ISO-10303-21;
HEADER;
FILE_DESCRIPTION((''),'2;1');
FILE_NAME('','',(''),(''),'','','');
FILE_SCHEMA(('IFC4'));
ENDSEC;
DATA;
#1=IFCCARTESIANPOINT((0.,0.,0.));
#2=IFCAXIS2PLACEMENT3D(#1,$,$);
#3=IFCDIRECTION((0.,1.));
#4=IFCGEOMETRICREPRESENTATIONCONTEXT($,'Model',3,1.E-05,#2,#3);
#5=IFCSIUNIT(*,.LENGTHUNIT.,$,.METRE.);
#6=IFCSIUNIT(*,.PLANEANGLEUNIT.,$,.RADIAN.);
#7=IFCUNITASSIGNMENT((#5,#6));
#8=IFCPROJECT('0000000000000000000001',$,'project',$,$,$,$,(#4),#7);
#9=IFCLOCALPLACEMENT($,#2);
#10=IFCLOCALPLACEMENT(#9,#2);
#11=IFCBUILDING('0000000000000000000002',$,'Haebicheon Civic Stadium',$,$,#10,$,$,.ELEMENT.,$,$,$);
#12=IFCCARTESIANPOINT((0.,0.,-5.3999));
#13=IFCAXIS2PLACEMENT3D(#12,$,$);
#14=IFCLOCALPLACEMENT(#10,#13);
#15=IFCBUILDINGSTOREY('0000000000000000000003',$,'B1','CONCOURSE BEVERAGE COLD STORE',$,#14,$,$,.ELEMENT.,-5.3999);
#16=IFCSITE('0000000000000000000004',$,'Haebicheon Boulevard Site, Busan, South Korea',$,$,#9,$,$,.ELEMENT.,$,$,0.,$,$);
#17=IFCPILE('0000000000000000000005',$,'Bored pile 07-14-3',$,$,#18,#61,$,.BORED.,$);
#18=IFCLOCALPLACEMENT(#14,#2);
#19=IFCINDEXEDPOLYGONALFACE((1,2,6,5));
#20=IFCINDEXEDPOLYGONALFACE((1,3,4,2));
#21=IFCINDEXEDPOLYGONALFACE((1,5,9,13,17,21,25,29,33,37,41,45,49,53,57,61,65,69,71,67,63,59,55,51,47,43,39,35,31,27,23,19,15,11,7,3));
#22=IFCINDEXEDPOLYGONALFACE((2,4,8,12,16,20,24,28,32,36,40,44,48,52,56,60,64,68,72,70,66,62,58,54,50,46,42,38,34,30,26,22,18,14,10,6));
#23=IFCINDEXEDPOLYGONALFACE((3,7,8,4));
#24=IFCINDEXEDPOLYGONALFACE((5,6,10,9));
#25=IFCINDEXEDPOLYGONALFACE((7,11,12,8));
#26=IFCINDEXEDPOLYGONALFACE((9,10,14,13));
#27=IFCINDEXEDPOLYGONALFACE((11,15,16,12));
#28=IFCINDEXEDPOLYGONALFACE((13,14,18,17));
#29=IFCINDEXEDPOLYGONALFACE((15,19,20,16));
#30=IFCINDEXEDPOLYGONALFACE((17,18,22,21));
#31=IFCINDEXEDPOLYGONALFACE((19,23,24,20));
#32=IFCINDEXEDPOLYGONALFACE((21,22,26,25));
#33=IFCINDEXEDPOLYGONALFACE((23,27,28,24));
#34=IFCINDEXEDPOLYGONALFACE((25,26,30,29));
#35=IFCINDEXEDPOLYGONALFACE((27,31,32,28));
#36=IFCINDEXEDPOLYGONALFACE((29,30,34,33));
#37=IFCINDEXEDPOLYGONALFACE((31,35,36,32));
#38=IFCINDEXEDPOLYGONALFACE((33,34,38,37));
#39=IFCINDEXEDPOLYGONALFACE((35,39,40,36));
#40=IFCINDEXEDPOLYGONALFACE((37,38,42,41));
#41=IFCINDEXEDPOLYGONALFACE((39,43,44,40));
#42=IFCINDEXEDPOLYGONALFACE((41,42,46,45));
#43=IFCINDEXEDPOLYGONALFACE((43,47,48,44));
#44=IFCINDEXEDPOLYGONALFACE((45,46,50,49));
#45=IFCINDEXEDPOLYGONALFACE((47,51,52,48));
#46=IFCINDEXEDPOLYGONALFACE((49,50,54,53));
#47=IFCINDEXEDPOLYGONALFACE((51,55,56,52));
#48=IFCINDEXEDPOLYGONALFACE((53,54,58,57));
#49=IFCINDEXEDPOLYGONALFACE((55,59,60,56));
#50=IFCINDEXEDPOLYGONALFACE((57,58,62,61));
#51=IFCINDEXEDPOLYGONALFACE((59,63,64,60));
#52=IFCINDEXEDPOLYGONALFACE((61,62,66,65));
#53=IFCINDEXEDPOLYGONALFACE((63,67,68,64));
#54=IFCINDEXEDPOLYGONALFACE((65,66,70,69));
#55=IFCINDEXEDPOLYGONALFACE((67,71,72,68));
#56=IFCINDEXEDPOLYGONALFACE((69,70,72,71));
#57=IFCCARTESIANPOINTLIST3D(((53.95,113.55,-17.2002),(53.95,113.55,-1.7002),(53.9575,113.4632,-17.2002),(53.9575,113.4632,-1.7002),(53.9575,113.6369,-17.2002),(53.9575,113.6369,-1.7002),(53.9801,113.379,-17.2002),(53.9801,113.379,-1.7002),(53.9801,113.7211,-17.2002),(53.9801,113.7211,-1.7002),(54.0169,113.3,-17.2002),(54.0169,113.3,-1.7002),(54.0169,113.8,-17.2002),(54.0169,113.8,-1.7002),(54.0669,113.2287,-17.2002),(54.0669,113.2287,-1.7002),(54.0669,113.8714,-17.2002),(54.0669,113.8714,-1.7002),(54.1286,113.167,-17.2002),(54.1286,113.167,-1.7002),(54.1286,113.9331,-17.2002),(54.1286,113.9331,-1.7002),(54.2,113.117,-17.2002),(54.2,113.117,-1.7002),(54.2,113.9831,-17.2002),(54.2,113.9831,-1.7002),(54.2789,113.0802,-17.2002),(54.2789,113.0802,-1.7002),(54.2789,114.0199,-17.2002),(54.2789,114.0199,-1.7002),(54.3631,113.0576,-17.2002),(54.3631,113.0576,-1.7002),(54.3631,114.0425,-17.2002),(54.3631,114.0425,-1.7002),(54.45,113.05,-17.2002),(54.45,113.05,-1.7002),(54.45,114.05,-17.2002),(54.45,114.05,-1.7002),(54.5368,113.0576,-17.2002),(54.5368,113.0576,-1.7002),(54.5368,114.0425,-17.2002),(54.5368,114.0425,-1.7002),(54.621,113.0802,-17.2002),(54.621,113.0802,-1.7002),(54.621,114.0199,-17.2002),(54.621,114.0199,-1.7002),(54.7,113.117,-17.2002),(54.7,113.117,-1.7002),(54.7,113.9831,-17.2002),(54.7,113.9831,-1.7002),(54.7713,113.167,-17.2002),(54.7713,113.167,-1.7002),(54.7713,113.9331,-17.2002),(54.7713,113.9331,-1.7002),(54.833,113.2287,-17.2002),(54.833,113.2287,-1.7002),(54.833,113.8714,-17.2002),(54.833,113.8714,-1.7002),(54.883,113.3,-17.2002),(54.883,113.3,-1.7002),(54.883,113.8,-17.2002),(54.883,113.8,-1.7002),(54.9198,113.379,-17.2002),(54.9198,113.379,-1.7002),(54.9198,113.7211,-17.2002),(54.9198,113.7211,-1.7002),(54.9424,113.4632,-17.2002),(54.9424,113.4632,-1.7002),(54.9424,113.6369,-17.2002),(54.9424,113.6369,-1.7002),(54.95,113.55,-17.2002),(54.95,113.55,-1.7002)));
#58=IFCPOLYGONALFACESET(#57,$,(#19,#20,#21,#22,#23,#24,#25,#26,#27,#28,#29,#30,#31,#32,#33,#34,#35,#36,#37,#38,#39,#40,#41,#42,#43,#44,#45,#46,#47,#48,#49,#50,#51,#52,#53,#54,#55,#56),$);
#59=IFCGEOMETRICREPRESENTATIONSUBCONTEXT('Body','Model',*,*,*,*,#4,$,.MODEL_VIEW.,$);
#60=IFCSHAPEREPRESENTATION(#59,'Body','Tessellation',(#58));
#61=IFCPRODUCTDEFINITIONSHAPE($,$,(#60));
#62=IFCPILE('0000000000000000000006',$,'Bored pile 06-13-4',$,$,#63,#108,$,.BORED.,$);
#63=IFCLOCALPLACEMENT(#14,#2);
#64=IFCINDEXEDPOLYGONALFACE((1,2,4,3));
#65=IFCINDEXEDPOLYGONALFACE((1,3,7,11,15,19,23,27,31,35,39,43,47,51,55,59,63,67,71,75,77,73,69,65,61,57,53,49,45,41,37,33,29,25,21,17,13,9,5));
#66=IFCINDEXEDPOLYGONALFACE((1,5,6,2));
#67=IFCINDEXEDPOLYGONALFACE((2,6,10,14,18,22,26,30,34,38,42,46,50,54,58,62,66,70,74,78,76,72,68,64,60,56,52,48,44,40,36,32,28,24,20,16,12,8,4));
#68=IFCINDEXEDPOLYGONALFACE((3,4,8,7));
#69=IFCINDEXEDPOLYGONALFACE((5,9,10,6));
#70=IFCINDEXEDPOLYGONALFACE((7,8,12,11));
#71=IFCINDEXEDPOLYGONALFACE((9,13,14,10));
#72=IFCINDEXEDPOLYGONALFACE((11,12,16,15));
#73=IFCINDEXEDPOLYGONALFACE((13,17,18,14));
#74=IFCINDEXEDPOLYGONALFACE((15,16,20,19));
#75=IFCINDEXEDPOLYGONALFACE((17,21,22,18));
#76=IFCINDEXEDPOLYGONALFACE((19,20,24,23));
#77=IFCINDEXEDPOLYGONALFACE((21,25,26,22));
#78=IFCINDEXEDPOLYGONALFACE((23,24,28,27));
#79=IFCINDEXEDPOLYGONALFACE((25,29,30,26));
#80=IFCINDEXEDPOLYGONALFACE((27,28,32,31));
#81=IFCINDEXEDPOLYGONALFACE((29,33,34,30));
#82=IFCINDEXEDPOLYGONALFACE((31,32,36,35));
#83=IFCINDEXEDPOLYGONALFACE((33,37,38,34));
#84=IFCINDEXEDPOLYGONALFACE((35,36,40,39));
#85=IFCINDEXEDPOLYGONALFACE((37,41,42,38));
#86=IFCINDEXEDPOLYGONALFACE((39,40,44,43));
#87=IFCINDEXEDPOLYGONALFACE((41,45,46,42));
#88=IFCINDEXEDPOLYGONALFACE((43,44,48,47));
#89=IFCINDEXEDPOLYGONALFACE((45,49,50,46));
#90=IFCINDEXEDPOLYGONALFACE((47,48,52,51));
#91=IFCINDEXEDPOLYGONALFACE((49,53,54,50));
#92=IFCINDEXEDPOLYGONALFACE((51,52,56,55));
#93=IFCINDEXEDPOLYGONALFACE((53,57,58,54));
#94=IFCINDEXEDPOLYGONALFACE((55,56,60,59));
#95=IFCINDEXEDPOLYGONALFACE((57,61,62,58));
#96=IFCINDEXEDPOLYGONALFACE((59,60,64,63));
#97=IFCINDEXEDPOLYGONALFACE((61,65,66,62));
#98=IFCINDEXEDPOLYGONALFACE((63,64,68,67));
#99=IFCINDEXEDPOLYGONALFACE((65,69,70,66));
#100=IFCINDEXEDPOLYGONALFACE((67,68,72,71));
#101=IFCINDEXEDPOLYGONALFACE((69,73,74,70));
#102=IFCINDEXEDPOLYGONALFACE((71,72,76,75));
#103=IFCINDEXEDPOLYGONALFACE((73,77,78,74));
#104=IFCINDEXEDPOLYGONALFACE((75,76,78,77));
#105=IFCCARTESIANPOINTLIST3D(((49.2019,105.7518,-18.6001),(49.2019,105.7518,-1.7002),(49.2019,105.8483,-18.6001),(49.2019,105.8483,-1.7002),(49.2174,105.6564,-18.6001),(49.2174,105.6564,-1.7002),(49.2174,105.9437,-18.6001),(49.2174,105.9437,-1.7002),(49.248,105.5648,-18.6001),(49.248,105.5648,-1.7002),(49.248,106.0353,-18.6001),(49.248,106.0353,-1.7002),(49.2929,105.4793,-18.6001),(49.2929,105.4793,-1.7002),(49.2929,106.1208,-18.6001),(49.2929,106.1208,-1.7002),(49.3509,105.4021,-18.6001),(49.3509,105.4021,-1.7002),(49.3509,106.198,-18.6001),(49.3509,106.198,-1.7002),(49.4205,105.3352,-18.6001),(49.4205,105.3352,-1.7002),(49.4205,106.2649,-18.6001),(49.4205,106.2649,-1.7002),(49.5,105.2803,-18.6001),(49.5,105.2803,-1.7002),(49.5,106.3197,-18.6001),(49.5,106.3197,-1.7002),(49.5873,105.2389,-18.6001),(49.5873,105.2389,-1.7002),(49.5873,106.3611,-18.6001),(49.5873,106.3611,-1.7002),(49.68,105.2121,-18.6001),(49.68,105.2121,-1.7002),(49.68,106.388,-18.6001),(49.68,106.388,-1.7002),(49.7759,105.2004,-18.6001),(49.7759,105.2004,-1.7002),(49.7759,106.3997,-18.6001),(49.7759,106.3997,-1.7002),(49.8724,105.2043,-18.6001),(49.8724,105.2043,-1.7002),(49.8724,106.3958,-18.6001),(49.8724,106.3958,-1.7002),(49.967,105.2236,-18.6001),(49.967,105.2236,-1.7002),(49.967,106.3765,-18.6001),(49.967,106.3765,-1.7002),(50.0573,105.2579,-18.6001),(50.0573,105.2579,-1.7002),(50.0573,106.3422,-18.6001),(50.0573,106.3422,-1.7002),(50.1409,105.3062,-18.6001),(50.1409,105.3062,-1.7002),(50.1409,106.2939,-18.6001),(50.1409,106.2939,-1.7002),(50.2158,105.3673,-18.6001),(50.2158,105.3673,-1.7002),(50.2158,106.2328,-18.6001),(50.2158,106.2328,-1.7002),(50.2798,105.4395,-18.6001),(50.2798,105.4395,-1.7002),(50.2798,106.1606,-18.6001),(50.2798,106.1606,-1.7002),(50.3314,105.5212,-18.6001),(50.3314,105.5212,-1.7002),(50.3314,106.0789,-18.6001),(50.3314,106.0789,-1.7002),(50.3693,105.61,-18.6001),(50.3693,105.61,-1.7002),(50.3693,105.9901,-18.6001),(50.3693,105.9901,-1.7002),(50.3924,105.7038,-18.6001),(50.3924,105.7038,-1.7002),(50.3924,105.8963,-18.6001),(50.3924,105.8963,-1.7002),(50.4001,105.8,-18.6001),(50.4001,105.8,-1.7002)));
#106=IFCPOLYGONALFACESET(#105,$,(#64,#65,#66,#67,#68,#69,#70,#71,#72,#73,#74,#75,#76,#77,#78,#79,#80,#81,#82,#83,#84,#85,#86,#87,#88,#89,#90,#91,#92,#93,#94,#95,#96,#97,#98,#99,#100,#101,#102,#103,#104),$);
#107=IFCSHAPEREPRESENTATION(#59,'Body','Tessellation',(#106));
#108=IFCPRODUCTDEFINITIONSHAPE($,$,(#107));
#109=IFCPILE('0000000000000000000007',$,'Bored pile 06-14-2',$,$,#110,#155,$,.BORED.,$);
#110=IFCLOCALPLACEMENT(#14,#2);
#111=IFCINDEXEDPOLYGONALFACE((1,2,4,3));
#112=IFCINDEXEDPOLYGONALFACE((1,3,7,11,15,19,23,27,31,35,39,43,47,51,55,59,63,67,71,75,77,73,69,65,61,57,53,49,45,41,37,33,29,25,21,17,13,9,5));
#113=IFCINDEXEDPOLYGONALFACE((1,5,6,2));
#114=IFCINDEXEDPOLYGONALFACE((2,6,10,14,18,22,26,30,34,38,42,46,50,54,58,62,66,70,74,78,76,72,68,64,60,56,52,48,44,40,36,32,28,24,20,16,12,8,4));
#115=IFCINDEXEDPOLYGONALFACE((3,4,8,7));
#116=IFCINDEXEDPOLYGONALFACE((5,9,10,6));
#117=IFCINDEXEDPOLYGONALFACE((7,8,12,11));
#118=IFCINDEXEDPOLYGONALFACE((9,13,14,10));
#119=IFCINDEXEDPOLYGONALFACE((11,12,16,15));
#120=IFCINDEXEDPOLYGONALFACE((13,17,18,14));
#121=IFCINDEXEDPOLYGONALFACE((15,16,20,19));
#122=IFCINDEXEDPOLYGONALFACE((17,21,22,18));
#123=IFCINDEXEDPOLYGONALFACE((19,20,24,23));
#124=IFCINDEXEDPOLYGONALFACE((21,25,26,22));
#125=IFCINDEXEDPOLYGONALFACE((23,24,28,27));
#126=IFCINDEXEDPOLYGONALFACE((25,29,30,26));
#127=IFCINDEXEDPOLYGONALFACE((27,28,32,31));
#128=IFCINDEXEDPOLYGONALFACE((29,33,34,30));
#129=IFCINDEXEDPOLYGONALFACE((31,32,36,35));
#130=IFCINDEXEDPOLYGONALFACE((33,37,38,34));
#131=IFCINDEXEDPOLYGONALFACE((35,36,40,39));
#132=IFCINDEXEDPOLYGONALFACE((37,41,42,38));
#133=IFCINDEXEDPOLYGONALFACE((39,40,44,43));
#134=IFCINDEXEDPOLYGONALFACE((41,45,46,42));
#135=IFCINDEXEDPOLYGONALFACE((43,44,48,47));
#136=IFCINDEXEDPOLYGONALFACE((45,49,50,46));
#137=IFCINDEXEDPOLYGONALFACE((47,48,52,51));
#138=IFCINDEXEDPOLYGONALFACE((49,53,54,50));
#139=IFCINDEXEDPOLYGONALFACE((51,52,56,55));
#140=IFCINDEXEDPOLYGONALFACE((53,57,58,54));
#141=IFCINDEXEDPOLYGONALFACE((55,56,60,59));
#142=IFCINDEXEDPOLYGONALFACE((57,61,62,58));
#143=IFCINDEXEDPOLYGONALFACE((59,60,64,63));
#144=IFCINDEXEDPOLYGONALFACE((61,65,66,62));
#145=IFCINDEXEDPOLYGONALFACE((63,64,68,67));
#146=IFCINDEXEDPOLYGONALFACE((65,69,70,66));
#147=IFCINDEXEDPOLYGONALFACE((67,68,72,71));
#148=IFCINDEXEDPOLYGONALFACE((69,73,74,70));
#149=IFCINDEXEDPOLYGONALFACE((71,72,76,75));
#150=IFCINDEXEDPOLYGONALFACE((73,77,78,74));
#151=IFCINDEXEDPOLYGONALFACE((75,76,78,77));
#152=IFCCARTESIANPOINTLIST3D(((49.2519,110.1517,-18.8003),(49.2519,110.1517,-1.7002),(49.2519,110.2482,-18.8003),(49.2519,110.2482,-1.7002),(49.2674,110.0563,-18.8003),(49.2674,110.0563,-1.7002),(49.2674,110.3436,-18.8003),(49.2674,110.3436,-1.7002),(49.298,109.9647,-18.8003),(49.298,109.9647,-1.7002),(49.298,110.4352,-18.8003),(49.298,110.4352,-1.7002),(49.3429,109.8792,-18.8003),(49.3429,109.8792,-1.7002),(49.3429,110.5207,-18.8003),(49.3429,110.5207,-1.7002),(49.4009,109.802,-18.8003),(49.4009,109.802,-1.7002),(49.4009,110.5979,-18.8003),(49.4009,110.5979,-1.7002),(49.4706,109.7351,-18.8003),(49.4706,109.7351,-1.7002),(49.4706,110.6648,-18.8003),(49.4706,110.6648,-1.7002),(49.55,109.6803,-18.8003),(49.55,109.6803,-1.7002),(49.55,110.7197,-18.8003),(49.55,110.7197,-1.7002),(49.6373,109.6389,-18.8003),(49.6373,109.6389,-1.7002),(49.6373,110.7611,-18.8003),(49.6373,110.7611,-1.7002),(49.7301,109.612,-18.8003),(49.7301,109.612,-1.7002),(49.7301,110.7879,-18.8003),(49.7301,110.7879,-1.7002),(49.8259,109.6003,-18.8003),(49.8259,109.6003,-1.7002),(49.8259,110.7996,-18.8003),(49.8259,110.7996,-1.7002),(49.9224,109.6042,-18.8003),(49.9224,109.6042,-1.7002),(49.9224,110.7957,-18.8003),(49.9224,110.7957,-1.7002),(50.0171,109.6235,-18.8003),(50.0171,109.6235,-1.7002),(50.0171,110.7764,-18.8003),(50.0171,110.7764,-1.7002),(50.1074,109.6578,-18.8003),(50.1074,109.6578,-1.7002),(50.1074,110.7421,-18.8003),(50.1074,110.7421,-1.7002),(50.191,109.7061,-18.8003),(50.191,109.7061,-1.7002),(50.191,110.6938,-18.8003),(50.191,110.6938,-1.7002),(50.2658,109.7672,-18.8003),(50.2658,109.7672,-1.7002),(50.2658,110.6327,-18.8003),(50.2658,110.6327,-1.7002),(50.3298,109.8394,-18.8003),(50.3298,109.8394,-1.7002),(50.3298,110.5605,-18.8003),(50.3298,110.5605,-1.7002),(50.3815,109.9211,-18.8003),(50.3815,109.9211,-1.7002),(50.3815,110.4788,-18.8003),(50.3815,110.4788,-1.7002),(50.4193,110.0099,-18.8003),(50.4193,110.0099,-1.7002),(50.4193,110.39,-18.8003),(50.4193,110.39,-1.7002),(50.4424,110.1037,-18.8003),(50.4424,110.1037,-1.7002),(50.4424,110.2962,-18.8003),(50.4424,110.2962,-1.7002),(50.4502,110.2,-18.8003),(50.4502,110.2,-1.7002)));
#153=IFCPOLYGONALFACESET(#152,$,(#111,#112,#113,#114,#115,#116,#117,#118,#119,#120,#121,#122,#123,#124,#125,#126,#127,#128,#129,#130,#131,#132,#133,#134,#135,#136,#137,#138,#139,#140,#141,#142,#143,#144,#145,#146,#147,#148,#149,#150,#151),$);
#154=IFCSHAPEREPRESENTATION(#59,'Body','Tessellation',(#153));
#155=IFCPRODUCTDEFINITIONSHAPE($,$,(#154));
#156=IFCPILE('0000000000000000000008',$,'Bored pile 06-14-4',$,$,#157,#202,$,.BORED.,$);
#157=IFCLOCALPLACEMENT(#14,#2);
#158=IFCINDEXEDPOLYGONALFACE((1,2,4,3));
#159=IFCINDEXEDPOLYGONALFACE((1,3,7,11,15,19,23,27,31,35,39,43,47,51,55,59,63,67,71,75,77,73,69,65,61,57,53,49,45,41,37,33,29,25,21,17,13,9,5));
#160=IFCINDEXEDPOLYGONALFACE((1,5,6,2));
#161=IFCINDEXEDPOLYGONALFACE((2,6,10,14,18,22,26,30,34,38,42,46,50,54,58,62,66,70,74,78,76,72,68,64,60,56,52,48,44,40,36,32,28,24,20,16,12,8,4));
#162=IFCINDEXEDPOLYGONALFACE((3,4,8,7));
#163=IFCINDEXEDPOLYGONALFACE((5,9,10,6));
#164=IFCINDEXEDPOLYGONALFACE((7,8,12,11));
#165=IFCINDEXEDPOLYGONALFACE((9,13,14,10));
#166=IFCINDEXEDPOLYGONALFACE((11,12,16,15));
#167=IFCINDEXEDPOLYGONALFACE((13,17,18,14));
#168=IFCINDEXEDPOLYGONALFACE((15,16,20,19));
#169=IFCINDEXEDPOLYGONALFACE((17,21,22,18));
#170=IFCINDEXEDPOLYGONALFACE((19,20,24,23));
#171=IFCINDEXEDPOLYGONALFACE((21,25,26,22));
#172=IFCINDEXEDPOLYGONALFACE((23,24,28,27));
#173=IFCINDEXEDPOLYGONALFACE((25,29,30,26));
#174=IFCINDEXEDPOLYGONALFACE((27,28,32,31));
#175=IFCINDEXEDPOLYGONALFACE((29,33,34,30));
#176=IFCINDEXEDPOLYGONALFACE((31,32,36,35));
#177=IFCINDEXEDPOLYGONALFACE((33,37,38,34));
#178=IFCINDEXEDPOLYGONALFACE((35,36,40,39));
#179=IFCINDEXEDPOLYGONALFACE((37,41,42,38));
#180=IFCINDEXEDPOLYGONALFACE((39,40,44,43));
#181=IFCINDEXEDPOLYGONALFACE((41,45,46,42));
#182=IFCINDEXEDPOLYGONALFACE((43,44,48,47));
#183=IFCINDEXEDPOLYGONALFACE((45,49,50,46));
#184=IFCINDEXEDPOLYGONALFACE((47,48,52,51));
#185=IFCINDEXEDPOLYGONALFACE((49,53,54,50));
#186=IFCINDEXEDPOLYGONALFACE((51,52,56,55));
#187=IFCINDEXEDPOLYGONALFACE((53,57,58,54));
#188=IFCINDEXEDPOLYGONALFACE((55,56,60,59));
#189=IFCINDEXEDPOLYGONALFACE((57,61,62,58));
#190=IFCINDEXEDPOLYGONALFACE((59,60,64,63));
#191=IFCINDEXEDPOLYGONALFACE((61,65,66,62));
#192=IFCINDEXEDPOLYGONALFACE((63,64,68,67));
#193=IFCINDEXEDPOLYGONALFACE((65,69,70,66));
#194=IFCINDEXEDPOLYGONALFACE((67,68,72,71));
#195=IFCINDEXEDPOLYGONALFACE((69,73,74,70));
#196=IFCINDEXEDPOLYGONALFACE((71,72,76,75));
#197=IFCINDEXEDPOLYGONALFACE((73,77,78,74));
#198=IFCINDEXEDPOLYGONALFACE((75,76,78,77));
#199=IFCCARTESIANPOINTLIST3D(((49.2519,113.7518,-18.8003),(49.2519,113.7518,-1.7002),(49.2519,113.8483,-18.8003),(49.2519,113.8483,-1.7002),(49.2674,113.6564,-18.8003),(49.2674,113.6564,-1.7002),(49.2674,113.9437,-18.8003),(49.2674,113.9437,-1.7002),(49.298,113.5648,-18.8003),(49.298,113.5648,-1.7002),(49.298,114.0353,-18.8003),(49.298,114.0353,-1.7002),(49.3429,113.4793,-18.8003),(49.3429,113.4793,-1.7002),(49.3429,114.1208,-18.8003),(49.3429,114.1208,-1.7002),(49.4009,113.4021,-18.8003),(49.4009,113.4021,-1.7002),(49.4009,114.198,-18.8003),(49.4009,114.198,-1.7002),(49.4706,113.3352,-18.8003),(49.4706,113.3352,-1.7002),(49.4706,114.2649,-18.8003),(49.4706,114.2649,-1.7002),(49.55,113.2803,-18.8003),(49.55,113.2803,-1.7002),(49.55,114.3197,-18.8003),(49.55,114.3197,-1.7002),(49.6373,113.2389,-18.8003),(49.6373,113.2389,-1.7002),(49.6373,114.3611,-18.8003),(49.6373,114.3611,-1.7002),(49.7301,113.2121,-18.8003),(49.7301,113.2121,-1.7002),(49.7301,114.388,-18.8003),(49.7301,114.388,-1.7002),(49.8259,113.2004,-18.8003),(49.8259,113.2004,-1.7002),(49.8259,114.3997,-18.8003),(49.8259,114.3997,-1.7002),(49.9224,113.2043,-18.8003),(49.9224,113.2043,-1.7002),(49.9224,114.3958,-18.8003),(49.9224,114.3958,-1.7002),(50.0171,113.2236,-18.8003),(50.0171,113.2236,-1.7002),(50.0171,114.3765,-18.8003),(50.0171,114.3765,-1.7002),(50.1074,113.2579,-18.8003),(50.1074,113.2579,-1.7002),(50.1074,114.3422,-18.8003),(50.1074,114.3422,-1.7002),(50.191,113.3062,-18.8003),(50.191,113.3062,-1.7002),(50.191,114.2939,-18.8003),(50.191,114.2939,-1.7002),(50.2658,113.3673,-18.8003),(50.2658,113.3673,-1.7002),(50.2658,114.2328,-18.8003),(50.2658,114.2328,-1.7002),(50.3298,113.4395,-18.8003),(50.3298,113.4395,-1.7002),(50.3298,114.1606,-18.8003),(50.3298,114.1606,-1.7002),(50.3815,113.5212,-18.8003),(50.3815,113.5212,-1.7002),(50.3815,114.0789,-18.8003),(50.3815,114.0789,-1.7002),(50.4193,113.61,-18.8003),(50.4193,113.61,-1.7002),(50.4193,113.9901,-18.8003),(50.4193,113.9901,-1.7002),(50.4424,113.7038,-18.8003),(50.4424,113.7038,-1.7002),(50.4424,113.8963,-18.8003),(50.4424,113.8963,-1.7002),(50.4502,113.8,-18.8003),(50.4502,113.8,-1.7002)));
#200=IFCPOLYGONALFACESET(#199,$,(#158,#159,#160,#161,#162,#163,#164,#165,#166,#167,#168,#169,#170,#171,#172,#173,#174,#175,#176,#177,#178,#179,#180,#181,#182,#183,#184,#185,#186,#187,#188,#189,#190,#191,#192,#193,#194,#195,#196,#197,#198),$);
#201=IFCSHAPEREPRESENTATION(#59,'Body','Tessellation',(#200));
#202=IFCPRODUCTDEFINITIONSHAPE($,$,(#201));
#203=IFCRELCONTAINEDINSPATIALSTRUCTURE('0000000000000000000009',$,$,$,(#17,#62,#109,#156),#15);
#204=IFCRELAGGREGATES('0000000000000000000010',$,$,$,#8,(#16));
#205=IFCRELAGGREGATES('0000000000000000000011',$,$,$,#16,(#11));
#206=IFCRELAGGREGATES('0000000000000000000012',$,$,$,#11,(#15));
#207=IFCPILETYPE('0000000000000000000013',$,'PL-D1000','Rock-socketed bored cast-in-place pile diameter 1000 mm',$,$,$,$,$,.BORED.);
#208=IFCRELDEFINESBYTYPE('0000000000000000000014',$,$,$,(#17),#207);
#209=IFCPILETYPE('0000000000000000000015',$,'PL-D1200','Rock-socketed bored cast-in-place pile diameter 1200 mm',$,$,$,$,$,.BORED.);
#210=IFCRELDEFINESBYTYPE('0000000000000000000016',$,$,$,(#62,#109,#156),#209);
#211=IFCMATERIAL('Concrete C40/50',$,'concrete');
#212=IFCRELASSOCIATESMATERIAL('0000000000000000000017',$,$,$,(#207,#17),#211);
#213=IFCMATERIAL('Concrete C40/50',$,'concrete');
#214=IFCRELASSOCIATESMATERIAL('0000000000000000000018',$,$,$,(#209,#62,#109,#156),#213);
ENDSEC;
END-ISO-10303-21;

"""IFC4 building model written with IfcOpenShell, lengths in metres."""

from ifc_helpers import new_model, si_unit, direction, frame, origin, origin_2d, place, context, subcontext, project, spatial, circle, extrude, material, material_profile, profile_set, type_object, element, save


model = new_model("IFC4")

# Units and contexts
model_context = context("Model", 3, precision=1e-05, world=origin(), true_north=direction((0.0, 1.0)))
body_context = subcontext(model_context, "Body", "Model", "MODEL_VIEW")
ifc_project = project(units=[si_unit("LENGTHUNIT", "METRE"), si_unit("PLANEANGLEUNIT", "RADIAN")], contexts=[model_context])

# Site, building, storey
site_placement = place(None, origin())
site = spatial("IfcSite", under=ifc_project, at=site_placement, Name="Haebicheon Boulevard Site, Busan, South Korea", CompositionType="ELEMENT", RefElevation=0.0)
building_placement = place(site_placement, origin())
building = spatial("IfcBuilding", under=site, at=building_placement, Name="Haebicheon Civic Stadium", CompositionType="ELEMENT")
storey_placement = place(building_placement, frame((0.0, 0.0, -5.3999)))
storey = spatial("IfcBuildingStorey", under=building, at=storey_placement, Name="B1", Description="CONCOURSE BEVERAGE COLD STORE", CompositionType="ELEMENT", Elevation=-5.3999)

# Piles
ifc_material_1 = material(Name="Concrete C40/50", Category="concrete")
ifc_material_profile_1 = material_profile(ifc_material_1, circle(Radius=0.5, at=origin_2d()), Name="PILE-D1000")
ifc_profile_set_1 = profile_set([ifc_material_profile_1], Name="Concrete C40/50")
pile_type_1 = type_object("IfcPileType", Name="PL-D1000", Description="Rock-socketed bored cast-in-place pile diameter 1000 mm", PredefinedType="BORED", material=ifc_profile_set_1)
for number, where, z_axis, x_axis, name in (
    (1, (54.45, 113.55, -1.7002), (0.0, 0.0, -1.0), (1.0, 0.0, 0.0), "Bored pile 07-14-3"),
):
    element("IfcPile", number, at=place(storey_placement, frame(where, z_axis=z_axis, x_axis=x_axis)), inside=storey, type_object=pile_type_1, material=ifc_profile_set_1, Name=name, PredefinedType="BORED", context=body_context, shape_type="SweptSolid", body=[
        extrude(circle(Radius=0.5, at=origin_2d()), origin(), (0.0, 0.0, 1.0), 15.5),
    ])
ifc_material_2 = material(Name="Concrete C40/50", Category="concrete")
ifc_material_profile_2 = material_profile(ifc_material_2, circle(Radius=0.6001, at=origin_2d()), Name="PILE-D1200")
ifc_profile_set_2 = profile_set([ifc_material_profile_2], Name="Concrete C40/50")
pile_type_2 = type_object("IfcPileType", Name="PL-D1200", Description="Rock-socketed bored cast-in-place pile diameter 1200 mm", PredefinedType="BORED", material=ifc_profile_set_2)
pile_placement = place(storey_placement, frame((49.8, 105.8, -1.7002), z_axis=(0.0, 0.0, -1.0), x_axis=(1.0, 0.0, 0.0)))
element("IfcPile", 2, at=pile_placement, inside=storey, type_object=pile_type_2, material=ifc_profile_set_2, Name="Bored pile 06-13-4", PredefinedType="BORED", context=body_context, shape_type="SweptSolid", body=[
    extrude(circle(Radius=0.6001, at=origin_2d()), origin(), (0.0, 0.0, 1.0), 16.8999),
])
for number, where, z_axis, x_axis, name in (
    (3, (49.8501, 110.2, -1.7002), (0.0, 0.0, -1.0), (1.0, 0.0, 0.0), "Bored pile 06-14-2"),
    (4, (49.8501, 113.8, -1.7002), (0.0, 0.0, -1.0), (1.0, 0.0, 0.0), "Bored pile 06-14-4"),
):
    element("IfcPile", number, at=place(storey_placement, frame(where, z_axis=z_axis, x_axis=x_axis)), inside=storey, type_object=pile_type_2, material=ifc_profile_set_2, Name=name, PredefinedType="BORED", context=body_context, shape_type="SweptSolid", body=[
        extrude(circle(Radius=0.6001, at=origin_2d()), origin(), (0.0, 0.0, 1.0), 17.1001),
    ])

save(model, "model.ifc")
